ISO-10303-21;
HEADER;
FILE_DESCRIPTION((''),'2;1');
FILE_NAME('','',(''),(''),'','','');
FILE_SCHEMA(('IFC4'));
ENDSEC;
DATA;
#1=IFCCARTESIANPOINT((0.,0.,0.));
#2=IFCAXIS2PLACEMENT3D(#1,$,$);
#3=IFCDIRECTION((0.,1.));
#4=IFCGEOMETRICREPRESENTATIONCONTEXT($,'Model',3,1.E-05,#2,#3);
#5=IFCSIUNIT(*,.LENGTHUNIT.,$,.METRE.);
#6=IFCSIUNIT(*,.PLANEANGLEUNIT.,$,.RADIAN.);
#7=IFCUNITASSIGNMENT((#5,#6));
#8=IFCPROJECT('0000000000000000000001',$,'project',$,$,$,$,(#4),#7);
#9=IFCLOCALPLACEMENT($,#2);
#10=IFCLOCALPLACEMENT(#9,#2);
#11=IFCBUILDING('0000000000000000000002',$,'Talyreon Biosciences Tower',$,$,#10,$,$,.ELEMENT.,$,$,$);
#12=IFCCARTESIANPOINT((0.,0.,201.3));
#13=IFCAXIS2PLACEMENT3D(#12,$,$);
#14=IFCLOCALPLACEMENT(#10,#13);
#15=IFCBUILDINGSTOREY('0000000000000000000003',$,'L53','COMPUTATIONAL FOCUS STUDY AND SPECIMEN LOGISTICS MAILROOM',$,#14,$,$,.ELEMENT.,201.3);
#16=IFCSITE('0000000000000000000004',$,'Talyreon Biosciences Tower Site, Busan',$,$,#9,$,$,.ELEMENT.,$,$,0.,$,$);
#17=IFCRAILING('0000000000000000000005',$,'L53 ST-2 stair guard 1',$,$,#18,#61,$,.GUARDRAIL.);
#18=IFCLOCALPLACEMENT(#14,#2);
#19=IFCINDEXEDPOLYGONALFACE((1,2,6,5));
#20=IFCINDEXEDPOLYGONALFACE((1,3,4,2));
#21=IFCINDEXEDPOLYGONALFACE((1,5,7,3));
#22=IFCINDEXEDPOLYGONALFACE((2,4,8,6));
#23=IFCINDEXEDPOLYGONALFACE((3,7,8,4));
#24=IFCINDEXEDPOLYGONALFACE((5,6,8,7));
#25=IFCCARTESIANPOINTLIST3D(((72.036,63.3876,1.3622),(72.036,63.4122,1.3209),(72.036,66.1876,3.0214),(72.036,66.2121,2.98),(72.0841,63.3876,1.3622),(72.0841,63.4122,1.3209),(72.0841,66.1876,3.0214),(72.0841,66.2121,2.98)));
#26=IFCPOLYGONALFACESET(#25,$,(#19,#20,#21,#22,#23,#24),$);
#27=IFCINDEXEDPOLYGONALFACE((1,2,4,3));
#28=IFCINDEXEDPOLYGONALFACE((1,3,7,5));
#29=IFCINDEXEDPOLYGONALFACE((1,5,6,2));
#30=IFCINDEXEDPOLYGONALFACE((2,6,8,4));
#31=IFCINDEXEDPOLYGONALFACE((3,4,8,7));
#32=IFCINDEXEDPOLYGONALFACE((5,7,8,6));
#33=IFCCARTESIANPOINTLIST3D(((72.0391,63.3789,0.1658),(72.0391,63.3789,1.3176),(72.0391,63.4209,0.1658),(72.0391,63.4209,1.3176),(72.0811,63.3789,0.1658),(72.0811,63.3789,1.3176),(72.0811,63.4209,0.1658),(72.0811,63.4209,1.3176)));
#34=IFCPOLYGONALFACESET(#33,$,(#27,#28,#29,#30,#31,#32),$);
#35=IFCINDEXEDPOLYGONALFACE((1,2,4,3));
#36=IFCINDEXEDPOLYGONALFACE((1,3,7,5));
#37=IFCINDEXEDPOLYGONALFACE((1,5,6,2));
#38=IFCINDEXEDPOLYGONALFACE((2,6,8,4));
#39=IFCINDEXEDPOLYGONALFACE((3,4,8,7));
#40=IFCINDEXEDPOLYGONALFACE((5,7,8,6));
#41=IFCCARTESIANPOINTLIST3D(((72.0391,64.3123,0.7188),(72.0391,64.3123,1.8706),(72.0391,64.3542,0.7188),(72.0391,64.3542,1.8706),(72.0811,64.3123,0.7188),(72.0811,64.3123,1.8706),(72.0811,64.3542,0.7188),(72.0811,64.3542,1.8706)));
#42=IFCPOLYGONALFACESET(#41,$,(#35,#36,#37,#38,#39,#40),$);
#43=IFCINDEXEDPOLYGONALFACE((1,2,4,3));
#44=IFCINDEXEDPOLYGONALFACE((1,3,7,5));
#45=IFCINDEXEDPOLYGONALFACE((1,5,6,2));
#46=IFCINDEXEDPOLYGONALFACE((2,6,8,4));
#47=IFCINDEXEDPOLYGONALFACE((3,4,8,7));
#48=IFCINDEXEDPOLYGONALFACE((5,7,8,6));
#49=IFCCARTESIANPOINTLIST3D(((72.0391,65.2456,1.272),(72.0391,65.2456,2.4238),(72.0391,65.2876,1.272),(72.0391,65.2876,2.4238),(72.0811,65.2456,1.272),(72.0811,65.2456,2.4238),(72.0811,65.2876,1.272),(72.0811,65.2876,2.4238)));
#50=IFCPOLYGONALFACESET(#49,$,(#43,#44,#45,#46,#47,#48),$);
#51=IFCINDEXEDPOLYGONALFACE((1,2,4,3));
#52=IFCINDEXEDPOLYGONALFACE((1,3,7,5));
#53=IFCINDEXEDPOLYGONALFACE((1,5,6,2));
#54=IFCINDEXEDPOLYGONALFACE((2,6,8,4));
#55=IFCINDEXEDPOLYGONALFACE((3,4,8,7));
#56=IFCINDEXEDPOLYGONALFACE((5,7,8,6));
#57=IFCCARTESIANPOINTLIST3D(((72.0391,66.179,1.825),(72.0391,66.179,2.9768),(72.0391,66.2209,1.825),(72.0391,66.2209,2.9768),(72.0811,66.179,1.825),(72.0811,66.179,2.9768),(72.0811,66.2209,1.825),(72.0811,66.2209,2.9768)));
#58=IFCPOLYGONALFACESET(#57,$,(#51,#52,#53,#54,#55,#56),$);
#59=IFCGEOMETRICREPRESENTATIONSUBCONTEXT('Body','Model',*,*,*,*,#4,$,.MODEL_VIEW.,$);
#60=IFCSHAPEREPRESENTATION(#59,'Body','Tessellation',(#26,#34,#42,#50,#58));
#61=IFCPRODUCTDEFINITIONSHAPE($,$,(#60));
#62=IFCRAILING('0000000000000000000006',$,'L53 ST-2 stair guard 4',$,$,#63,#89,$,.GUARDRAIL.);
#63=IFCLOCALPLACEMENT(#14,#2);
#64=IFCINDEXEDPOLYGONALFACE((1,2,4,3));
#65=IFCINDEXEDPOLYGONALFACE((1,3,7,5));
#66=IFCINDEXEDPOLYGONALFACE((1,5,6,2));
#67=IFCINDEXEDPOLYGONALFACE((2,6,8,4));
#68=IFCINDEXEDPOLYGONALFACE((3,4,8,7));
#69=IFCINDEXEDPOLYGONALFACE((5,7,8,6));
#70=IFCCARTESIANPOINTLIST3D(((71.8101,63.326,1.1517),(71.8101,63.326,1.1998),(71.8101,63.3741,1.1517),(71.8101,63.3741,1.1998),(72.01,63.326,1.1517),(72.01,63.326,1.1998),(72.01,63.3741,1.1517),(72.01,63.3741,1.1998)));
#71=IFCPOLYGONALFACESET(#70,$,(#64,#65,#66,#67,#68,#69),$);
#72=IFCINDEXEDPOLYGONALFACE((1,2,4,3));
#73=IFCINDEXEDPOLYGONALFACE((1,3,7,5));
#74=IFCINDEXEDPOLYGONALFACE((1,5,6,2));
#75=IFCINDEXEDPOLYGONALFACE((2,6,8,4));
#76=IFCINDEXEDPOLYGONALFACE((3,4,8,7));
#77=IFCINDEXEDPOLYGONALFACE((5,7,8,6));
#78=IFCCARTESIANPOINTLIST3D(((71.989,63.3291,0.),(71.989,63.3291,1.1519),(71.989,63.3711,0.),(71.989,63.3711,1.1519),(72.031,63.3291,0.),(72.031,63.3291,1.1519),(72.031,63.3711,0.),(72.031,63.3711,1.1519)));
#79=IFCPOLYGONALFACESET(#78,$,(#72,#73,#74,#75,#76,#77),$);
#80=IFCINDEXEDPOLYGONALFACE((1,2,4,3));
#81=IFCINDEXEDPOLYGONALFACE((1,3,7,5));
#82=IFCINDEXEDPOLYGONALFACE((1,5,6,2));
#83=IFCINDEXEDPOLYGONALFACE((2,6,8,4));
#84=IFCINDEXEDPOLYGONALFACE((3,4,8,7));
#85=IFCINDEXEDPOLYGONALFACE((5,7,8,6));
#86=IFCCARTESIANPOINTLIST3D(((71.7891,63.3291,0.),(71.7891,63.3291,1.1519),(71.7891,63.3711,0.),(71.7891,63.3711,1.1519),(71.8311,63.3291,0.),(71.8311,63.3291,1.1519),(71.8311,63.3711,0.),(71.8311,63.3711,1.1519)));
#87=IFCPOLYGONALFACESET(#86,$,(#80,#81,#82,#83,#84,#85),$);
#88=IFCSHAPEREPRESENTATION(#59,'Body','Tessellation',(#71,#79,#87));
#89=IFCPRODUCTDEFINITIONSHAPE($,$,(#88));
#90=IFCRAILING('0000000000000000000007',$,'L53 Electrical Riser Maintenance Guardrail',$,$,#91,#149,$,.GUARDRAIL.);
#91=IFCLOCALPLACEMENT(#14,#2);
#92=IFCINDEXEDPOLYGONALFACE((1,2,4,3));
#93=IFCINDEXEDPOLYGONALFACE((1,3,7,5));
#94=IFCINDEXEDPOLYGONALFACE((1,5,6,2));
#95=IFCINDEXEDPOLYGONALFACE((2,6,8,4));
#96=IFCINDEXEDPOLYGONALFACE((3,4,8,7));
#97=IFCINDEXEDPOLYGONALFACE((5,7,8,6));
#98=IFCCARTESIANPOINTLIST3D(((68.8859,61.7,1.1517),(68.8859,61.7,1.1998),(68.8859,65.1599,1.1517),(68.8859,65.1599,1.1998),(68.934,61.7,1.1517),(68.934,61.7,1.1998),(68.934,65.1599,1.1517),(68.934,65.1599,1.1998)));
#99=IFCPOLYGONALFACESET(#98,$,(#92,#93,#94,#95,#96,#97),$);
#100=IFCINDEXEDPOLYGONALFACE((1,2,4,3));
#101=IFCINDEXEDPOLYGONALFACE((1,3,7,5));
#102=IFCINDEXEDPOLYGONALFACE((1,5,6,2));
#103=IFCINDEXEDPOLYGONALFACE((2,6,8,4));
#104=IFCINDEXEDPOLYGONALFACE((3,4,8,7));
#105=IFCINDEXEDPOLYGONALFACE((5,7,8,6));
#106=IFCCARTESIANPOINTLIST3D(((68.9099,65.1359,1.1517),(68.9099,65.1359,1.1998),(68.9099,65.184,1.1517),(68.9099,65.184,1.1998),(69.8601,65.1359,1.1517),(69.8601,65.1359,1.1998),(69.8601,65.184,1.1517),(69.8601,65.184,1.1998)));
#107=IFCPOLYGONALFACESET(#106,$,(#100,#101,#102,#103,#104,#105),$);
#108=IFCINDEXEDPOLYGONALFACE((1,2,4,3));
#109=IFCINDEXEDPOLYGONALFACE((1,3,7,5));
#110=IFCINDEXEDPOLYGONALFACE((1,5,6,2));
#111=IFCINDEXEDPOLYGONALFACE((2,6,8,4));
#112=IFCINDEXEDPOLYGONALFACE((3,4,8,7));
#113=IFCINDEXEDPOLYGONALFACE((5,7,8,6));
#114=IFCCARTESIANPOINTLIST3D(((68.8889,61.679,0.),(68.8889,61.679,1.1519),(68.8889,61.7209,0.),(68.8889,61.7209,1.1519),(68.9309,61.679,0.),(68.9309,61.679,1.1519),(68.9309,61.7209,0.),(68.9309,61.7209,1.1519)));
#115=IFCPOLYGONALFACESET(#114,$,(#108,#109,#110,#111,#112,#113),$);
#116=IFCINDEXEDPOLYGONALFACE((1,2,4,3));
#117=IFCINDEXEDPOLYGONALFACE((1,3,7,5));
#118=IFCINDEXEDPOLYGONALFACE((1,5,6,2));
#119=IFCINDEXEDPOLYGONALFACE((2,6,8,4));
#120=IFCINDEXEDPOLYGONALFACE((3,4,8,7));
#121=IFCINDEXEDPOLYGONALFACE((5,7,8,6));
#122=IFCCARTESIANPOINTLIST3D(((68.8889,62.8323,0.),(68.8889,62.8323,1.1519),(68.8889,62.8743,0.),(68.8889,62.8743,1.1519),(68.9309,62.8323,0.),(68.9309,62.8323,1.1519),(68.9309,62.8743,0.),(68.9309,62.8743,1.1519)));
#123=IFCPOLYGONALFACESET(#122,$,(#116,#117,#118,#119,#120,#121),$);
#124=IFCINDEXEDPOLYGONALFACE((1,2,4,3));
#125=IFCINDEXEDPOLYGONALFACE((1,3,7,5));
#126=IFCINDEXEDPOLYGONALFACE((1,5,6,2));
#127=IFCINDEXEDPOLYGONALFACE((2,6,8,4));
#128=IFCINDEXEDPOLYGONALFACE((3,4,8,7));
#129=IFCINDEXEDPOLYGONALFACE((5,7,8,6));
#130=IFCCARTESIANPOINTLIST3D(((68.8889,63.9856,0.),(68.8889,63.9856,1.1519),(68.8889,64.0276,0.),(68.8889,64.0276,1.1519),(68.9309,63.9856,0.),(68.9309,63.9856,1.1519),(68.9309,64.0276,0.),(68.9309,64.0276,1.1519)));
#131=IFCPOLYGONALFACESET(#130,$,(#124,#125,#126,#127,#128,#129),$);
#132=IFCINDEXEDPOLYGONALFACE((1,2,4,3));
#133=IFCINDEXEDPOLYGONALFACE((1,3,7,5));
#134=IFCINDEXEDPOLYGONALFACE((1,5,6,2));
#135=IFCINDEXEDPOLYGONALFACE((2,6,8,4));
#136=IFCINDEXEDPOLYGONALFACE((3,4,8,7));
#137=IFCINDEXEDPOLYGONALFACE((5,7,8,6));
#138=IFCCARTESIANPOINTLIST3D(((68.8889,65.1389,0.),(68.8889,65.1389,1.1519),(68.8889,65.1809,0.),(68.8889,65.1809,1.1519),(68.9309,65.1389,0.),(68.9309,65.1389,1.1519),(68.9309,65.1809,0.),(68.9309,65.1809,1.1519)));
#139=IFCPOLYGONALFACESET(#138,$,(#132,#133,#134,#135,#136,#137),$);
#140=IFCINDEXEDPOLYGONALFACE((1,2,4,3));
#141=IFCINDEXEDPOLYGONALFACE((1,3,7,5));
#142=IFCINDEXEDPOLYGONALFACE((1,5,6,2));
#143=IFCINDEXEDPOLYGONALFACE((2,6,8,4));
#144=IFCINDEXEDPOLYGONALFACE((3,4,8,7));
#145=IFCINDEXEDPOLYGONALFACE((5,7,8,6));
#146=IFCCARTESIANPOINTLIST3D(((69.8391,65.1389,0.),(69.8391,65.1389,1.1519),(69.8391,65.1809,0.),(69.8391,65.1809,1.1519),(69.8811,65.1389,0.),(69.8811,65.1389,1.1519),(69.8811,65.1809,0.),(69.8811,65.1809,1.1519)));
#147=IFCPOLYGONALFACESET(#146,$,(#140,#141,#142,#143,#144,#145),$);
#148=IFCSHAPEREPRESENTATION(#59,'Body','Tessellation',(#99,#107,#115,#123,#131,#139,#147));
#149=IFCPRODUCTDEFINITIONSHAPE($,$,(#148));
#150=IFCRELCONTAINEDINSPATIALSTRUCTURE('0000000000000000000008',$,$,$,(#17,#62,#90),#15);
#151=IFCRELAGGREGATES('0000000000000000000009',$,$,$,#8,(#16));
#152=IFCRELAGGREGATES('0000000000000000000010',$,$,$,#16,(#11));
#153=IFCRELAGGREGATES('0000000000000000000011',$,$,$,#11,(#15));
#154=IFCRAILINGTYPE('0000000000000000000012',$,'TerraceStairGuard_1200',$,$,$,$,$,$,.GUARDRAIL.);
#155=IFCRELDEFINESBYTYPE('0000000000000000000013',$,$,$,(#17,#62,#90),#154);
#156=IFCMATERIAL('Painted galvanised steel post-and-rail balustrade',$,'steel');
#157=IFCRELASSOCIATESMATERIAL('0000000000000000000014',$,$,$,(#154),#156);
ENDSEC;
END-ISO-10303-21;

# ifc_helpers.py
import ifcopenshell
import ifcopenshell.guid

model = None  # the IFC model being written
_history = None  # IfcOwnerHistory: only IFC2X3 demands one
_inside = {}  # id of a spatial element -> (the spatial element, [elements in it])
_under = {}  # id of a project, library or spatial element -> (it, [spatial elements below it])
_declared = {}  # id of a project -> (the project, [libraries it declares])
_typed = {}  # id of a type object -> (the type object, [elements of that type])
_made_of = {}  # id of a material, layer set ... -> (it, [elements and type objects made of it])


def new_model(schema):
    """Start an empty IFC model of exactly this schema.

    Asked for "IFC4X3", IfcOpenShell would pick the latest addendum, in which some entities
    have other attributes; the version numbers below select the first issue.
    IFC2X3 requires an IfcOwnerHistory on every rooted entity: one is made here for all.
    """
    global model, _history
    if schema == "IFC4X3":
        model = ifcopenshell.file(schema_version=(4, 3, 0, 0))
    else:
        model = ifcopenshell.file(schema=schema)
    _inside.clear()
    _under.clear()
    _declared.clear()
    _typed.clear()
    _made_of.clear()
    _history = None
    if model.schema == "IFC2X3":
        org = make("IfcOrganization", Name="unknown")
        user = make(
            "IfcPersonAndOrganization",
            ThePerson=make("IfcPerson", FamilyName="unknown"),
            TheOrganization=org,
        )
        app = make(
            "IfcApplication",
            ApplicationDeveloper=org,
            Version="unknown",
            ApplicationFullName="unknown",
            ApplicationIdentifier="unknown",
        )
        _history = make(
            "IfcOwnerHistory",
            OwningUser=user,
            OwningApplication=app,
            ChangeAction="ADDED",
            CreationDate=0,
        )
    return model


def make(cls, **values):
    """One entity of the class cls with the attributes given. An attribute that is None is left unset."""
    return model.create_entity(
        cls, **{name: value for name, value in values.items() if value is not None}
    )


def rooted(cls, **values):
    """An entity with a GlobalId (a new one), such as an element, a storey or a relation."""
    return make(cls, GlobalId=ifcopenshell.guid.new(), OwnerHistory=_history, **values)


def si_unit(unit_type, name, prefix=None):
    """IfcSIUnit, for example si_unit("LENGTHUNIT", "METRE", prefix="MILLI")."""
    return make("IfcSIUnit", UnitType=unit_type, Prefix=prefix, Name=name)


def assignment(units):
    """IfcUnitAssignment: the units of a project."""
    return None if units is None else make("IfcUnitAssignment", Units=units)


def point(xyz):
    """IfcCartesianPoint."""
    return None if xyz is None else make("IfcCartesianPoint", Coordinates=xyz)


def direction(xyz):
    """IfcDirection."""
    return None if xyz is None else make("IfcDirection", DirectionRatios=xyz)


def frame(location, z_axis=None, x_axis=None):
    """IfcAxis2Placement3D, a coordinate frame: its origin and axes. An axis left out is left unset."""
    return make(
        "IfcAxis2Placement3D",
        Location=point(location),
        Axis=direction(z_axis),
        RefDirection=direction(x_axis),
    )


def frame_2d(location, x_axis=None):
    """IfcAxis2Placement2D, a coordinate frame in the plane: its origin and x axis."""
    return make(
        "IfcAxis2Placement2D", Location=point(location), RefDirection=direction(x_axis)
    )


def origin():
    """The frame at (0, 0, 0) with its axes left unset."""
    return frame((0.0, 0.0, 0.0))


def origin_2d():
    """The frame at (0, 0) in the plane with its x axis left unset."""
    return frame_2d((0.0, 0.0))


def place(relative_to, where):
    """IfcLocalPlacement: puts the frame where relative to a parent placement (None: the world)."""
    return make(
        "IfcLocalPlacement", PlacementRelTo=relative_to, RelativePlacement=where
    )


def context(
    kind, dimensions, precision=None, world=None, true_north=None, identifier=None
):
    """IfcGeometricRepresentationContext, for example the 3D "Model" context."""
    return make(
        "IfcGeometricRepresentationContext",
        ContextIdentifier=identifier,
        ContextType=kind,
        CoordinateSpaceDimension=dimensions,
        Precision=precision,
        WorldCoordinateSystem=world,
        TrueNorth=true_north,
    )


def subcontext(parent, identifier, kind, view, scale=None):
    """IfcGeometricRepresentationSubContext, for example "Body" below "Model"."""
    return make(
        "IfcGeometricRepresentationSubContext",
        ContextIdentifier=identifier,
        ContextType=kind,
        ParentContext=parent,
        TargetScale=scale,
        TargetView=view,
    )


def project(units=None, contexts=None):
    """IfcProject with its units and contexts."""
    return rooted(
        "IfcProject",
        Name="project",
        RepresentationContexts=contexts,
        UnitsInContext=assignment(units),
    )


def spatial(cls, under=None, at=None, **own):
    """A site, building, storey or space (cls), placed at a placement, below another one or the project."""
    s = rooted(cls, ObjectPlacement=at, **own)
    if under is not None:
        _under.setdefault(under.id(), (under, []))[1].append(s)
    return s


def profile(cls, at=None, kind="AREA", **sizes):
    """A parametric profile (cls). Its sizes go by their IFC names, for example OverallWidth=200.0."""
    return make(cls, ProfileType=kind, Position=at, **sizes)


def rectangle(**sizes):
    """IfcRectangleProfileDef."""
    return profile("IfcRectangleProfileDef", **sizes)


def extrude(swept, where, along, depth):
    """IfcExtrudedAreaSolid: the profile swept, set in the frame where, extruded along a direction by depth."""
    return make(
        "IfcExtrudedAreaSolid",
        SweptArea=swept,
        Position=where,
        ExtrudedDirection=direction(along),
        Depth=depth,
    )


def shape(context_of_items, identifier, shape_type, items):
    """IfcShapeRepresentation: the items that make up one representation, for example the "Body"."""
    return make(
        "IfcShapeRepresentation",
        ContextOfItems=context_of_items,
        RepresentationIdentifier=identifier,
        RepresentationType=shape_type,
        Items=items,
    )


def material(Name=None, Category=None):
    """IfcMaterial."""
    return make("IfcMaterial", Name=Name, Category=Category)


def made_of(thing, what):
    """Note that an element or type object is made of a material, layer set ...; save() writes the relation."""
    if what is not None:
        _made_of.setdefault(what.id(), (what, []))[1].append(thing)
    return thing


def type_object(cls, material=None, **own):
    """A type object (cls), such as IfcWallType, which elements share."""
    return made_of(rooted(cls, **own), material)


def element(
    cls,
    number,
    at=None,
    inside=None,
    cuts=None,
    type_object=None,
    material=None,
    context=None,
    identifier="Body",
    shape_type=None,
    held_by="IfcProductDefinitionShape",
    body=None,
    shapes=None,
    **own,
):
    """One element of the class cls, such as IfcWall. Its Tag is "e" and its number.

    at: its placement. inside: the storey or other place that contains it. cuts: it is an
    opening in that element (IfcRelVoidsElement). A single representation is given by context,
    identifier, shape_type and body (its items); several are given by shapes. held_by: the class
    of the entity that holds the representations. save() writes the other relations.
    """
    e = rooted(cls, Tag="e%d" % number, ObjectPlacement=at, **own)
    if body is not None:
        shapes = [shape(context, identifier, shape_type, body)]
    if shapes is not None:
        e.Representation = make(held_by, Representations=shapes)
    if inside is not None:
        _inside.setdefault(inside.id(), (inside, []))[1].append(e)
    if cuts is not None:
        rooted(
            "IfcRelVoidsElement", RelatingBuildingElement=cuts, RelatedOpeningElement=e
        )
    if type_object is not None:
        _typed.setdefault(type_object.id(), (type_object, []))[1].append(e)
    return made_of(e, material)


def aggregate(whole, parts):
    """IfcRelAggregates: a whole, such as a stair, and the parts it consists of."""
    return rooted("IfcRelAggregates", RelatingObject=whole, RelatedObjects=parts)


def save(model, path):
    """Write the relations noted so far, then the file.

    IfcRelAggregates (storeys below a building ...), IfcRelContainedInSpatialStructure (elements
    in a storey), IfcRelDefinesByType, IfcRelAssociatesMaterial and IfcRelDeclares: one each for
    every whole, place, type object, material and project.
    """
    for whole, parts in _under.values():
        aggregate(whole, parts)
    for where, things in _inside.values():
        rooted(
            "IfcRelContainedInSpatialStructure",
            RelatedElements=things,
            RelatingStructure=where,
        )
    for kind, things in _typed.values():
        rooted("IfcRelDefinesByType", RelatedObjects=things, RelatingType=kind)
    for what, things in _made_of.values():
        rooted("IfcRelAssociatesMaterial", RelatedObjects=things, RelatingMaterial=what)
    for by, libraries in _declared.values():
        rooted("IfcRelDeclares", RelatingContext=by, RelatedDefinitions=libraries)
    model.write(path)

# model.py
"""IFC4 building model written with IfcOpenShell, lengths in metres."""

from ifc_helpers import new_model, si_unit, direction, frame, origin, origin_2d, place, context, subcontext, project, spatial, rectangle, extrude, material, type_object, element, save


model = new_model("IFC4")

# Units and contexts
model_context = context("Model", 3, precision=1e-05, world=origin(), true_north=direction((0.0, 1.0)))
body_context = subcontext(model_context, "Body", "Model", "MODEL_VIEW")
ifc_project = project(units=[si_unit("LENGTHUNIT", "METRE"), si_unit("PLANEANGLEUNIT", "RADIAN")], contexts=[model_context])

# Site, building, storey
site_placement = place(None, origin())
site = spatial("IfcSite", under=ifc_project, at=site_placement, Name="Talyreon Biosciences Tower Site, Busan", CompositionType="ELEMENT", RefElevation=0.0)
building_placement = place(site_placement, origin())
building = spatial("IfcBuilding", under=site, at=building_placement, Name="Talyreon Biosciences Tower", CompositionType="ELEMENT")
storey_placement = place(building_placement, frame((0.0, 0.0, 201.3)))
storey = spatial("IfcBuildingStorey", under=building, at=storey_placement, Name="L53", Description="COMPUTATIONAL FOCUS STUDY AND SPECIMEN LOGISTICS MAILROOM", CompositionType="ELEMENT", Elevation=201.3)

# Railings
ifc_material_1 = material(Name="Painted galvanised steel post-and-rail balustrade", Category="steel")
railing_type_1 = type_object("IfcRailingType", Name="TerraceStairGuard_1200", PredefinedType="GUARDRAIL", material=ifc_material_1)
railing_1_placement = place(storey_placement, frame((72.0601, 63.3999, 0.1658)))
element("IfcRailing", 1, at=railing_1_placement, inside=storey, type_object=railing_type_1, Name="L53 ST-2 stair guard 1", PredefinedType="GUARDRAIL", context=body_context, shape_type="SweptSolid", body=[
    extrude(rectangle(XDim=0.0481, YDim=0.0481, at=origin_2d()), frame((0.0, 0.0, 1.1758), z_axis=(0.0, 0.860306, 0.509778), x_axis=(-1.0, 0.0, 0.0)), (0.0, 0.0, 1.0), 3.2546),
    extrude(rectangle(XDim=0.042, YDim=0.042, at=origin_2d()), origin(), (0.0, 0.0, 1.0), 1.1519),
    extrude(rectangle(XDim=0.042, YDim=0.042, at=origin_2d()), frame((0.0, 0.9333, 0.553)), (0.0, 0.0, 1.0), 1.1519),
    extrude(rectangle(XDim=0.042, YDim=0.042, at=origin_2d()), frame((0.0, 1.8667, 1.1062)), (0.0, 0.0, 1.0), 1.1519),
    extrude(rectangle(XDim=0.042, YDim=0.042, at=origin_2d()), frame((0.0, 2.8, 1.6592)), (0.0, 0.0, 1.0), 1.1519),
])
railing_2_placement = place(storey_placement, frame((72.01, 63.3501, 0.0)))
element("IfcRailing", 2, at=railing_2_placement, inside=storey, type_object=railing_type_1, Name="L53 ST-2 stair guard 4", PredefinedType="GUARDRAIL", context=body_context, shape_type="SweptSolid", body=[
    extrude(rectangle(XDim=0.0481, YDim=0.0481, at=origin_2d()), frame((0.0, 0.0, 1.1758), z_axis=(-1.0, 0.0, 0.0), x_axis=(0.0, -1.0, 0.0)), (0.0, 0.0, 1.0), 0.2),
    extrude(rectangle(XDim=0.042, YDim=0.042, at=origin_2d()), origin(), (0.0, 0.0, 1.0), 1.1519),
    extrude(rectangle(XDim=0.042, YDim=0.042, at=origin_2d()), frame((-0.2, 0.0, 0.0)), (0.0, 0.0, 1.0), 1.1519),
])
railing_3_placement = place(storey_placement, frame((68.9099, 61.7, 0.0)))
element("IfcRailing", 3, at=railing_3_placement, inside=storey, type_object=railing_type_1, Name="L53 Electrical Riser Maintenance Guardrail", PredefinedType="GUARDRAIL", context=body_context, shape_type="SweptSolid", body=[
    extrude(rectangle(XDim=0.0481, YDim=0.0481, at=origin_2d()), frame((0.0, 0.0, 1.1758), z_axis=(0.0, 1.0, 0.0), x_axis=(-1.0, 0.0, 0.0)), (0.0, 0.0, 1.0), 3.46),
    extrude(rectangle(XDim=0.0481, YDim=0.0481, at=origin_2d()), frame((0.0, 3.46, 1.1758), z_axis=(1.0, 0.0, 0.0), x_axis=(0.0, 1.0, 0.0)), (0.0, 0.0, 1.0), 0.9502),
    extrude(rectangle(XDim=0.042, YDim=0.042, at=origin_2d()), origin(), (0.0, 0.0, 1.0), 1.1519),
    extrude(rectangle(XDim=0.042, YDim=0.042, at=origin_2d()), frame((0.0, 1.1533, 0.0)), (0.0, 0.0, 1.0), 1.1519),
    extrude(rectangle(XDim=0.042, YDim=0.042, at=origin_2d()), frame((0.0, 2.3066, 0.0)), (0.0, 0.0, 1.0), 1.1519),
    extrude(rectangle(XDim=0.042, YDim=0.042, at=origin_2d()), frame((0.0, 3.46, 0.0)), (0.0, 0.0, 1.0), 1.1519),
    extrude(rectangle(XDim=0.042, YDim=0.042, at=origin_2d()), frame((0.9502, 3.46, 0.0)), (0.0, 0.0, 1.0), 1.1519),
])

save(model, "model.ifc")
